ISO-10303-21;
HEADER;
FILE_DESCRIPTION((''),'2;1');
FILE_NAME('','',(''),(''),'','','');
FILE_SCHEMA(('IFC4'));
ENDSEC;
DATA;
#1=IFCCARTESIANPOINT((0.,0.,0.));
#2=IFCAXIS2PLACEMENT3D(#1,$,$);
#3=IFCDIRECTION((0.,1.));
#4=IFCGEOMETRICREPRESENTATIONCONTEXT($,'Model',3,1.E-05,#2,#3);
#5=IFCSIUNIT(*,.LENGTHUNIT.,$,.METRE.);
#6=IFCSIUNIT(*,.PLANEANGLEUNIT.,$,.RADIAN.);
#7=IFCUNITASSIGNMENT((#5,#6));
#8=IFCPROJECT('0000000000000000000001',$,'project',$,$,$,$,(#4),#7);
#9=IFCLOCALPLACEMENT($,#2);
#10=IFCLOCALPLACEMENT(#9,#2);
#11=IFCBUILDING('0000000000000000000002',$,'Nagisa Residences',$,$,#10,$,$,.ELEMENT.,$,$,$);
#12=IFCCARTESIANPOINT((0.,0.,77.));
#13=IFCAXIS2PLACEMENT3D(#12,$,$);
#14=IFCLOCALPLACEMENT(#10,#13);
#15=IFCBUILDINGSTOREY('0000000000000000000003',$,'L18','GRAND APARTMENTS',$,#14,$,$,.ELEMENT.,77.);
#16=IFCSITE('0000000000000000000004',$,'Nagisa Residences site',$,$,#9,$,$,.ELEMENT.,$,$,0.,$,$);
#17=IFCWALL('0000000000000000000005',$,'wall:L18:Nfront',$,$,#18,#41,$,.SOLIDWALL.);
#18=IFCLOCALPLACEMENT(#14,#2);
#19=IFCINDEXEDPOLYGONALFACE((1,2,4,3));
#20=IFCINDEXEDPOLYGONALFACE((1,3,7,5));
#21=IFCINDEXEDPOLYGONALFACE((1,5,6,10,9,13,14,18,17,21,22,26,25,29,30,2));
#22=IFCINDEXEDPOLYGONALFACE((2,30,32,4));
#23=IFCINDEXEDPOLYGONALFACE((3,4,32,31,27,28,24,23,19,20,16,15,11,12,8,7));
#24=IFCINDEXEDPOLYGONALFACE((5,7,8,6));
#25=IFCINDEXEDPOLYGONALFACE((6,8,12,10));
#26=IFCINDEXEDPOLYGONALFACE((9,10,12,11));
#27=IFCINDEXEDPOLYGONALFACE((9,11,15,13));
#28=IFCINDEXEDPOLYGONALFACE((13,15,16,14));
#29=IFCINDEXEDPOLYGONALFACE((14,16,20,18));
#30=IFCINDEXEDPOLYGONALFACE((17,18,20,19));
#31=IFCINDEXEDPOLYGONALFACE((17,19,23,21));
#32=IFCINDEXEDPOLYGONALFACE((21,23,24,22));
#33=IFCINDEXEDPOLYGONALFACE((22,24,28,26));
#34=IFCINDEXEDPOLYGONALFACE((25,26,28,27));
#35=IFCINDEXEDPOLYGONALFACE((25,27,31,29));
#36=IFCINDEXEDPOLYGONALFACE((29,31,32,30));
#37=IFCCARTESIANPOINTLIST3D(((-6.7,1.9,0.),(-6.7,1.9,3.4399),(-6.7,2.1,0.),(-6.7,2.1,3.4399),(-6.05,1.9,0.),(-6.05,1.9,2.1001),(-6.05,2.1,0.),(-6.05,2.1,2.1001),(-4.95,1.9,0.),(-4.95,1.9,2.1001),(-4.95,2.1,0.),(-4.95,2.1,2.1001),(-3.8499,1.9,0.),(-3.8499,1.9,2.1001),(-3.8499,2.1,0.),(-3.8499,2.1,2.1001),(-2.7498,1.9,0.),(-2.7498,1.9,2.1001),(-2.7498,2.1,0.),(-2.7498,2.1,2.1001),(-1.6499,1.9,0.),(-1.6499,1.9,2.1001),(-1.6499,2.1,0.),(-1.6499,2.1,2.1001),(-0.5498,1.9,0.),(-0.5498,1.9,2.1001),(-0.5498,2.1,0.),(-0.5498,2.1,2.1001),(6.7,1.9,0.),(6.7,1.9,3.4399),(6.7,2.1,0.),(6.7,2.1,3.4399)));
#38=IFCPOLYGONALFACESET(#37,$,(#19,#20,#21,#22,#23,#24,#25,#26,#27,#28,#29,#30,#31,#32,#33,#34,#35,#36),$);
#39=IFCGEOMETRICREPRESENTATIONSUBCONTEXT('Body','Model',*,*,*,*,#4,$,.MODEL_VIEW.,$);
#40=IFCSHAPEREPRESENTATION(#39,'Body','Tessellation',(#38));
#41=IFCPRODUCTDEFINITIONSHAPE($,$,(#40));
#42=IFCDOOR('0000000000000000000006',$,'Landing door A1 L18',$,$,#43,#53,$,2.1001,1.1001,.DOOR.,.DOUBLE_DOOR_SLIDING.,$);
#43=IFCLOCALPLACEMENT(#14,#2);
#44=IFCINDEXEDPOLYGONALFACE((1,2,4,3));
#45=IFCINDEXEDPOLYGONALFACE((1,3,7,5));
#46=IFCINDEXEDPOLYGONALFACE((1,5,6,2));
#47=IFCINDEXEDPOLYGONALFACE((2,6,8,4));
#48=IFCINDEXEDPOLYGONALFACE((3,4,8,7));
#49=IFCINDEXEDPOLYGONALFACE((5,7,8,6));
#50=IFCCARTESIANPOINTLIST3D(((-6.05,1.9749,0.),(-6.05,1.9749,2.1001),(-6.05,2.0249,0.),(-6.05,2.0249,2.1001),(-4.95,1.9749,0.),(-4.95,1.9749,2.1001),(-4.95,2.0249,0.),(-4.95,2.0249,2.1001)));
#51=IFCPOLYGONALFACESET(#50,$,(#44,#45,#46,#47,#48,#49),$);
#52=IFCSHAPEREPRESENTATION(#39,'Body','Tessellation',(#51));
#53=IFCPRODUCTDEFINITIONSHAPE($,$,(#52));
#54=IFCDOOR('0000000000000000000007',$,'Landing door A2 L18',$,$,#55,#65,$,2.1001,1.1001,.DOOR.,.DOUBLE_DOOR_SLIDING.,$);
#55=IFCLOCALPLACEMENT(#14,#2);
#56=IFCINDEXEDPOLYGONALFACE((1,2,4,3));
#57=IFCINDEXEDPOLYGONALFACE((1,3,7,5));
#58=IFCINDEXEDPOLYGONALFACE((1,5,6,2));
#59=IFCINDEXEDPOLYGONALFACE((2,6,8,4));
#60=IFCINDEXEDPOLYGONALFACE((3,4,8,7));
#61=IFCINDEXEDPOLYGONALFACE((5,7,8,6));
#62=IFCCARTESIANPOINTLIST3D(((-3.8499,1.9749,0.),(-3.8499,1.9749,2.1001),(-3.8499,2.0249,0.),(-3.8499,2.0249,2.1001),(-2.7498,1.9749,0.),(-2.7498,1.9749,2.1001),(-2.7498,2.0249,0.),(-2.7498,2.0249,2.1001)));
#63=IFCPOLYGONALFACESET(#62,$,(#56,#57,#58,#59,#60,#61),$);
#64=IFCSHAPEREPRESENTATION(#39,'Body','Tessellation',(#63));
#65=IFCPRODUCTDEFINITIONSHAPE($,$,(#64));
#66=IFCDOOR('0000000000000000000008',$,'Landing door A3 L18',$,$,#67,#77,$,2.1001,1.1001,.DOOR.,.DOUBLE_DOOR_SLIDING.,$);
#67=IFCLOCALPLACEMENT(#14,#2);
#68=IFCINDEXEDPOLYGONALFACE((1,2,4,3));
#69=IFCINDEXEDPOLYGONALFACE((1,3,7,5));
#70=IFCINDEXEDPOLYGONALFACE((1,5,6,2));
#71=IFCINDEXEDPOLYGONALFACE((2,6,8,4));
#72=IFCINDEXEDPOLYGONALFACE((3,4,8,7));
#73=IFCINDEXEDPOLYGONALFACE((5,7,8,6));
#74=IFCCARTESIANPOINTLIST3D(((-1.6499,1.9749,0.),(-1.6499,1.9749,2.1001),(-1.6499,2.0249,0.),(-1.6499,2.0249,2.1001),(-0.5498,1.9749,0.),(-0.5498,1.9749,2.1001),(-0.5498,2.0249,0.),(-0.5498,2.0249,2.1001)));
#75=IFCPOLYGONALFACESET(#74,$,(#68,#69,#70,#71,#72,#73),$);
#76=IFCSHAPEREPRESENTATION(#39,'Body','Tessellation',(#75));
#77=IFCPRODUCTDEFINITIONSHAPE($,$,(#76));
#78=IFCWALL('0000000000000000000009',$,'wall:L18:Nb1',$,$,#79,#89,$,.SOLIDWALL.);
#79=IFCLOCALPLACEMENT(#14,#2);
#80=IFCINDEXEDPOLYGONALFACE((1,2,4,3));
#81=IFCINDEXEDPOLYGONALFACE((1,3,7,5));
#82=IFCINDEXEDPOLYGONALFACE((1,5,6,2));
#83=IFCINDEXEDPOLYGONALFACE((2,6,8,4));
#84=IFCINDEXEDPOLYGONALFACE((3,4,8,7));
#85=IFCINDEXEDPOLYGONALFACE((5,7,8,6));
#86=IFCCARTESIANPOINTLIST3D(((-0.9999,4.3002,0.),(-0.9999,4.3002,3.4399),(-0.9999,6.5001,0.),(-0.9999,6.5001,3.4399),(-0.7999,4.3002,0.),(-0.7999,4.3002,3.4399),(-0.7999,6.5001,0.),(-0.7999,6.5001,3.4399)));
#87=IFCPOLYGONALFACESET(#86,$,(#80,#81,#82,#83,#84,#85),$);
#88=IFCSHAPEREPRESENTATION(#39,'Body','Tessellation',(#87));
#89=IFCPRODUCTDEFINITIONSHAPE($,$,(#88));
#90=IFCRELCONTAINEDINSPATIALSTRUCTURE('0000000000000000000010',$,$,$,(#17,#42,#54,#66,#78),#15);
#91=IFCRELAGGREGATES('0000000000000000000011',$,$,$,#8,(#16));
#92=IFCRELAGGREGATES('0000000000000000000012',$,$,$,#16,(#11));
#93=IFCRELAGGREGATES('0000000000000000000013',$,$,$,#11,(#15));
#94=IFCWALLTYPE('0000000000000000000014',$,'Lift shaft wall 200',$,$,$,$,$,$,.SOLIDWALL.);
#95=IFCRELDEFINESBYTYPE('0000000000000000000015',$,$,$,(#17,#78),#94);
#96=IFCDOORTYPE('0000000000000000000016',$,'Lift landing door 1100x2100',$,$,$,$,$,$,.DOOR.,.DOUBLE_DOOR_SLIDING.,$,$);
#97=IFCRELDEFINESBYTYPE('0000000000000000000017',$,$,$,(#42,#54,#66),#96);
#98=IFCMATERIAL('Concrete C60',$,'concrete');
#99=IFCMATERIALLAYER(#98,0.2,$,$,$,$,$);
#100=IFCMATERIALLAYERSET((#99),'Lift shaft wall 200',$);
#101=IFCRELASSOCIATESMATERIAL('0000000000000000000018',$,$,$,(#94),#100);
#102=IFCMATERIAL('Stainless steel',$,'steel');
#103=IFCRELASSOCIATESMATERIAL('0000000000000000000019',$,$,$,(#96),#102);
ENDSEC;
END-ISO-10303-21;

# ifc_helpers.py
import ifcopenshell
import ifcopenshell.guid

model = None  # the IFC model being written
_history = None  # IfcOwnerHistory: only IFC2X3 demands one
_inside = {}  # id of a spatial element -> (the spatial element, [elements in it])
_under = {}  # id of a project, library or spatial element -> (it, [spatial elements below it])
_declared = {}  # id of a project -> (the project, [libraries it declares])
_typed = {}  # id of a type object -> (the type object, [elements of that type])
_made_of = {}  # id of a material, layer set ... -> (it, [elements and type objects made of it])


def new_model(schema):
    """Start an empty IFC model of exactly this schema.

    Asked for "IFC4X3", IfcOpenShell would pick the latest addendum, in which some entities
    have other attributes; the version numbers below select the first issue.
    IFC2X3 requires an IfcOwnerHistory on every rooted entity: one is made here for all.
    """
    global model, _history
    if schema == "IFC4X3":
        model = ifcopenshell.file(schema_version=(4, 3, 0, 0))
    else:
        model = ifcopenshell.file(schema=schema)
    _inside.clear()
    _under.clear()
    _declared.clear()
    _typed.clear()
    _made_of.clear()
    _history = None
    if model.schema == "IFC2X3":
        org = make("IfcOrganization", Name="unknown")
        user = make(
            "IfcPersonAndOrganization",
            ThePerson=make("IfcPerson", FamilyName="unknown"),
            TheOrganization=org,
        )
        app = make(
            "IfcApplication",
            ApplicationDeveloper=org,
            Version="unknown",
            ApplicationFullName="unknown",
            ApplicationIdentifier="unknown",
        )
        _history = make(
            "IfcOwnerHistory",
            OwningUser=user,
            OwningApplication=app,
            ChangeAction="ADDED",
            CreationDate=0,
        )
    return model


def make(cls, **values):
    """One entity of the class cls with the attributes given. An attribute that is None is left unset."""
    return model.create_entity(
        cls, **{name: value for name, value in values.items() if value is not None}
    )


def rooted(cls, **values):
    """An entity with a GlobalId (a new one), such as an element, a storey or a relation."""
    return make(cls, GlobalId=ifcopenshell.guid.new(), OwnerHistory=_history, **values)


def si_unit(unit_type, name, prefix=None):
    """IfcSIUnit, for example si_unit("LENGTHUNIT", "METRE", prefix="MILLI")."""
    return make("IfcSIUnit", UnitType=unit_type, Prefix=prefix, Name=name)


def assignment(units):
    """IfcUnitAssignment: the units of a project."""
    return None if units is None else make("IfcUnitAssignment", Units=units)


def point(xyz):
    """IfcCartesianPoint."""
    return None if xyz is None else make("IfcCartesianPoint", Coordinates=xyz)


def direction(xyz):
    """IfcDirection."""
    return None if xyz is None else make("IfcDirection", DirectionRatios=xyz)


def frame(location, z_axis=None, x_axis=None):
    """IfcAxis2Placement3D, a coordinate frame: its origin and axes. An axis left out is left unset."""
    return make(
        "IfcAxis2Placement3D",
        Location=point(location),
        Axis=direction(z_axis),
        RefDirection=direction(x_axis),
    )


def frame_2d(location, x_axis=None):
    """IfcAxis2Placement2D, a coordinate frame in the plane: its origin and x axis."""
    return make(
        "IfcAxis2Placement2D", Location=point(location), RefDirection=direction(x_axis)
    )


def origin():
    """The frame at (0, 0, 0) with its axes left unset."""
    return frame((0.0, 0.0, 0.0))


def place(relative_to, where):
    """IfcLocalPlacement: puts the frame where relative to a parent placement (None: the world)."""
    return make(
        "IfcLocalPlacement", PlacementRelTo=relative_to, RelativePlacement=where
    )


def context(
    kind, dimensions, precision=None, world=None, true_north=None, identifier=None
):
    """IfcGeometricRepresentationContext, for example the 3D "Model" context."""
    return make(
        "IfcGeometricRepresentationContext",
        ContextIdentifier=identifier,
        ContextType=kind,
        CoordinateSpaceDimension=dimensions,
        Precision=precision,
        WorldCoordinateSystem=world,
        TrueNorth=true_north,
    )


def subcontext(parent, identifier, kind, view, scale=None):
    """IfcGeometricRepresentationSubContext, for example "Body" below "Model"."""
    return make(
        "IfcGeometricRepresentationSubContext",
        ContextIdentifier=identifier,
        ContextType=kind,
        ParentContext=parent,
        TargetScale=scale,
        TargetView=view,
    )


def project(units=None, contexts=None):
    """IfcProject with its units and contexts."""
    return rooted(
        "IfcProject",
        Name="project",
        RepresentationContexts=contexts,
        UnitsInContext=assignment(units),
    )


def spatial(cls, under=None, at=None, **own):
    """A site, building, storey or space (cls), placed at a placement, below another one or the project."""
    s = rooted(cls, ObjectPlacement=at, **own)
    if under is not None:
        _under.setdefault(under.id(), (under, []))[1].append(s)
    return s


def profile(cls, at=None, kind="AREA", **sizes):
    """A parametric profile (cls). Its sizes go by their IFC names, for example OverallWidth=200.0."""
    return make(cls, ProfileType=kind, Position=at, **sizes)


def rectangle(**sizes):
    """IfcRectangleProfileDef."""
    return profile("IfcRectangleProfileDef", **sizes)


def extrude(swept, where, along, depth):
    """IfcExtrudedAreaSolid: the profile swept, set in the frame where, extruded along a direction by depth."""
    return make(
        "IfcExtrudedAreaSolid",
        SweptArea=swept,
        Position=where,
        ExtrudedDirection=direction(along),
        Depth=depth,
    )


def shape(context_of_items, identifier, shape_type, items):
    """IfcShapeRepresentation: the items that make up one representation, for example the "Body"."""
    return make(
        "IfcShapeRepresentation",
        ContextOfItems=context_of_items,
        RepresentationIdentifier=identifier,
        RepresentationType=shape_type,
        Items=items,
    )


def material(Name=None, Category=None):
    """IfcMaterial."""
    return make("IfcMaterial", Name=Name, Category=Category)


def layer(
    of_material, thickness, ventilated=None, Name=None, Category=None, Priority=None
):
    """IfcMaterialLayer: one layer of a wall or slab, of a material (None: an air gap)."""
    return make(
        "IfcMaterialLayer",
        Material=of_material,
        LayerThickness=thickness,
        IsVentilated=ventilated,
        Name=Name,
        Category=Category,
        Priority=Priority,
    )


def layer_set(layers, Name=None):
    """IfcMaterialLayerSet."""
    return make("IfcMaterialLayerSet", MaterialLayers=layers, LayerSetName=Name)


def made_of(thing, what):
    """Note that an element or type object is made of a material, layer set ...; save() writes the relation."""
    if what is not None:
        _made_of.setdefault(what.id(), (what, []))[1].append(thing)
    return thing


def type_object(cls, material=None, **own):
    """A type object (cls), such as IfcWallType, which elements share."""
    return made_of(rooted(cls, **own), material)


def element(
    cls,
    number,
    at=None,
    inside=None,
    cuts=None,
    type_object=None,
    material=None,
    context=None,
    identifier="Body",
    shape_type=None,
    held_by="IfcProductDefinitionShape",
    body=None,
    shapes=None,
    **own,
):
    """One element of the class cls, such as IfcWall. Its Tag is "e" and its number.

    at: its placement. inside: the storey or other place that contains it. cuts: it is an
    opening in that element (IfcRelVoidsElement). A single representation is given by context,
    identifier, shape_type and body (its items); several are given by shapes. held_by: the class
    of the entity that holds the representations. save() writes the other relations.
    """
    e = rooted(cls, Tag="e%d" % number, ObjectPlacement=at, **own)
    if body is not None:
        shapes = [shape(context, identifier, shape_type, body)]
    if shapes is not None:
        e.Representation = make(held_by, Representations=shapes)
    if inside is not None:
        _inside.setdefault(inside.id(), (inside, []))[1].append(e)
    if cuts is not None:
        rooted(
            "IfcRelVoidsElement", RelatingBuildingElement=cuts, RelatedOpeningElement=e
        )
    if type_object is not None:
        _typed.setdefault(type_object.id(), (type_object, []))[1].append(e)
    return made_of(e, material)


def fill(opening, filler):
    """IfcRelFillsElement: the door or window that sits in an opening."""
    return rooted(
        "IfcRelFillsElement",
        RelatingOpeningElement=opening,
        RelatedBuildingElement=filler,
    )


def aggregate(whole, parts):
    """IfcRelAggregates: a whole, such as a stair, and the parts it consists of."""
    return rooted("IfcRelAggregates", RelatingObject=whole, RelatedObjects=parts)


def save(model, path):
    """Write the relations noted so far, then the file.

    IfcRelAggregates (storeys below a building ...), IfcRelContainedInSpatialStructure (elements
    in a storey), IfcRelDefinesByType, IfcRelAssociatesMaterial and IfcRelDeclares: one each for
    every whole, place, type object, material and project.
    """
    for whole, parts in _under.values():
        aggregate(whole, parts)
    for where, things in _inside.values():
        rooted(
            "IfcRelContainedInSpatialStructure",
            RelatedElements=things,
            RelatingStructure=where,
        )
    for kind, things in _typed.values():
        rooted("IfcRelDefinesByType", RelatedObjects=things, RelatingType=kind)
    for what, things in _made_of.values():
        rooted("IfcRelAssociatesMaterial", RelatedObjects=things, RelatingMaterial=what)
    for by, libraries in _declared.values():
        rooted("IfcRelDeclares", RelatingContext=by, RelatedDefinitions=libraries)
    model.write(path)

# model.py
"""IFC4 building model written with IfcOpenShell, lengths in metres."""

from ifc_helpers import new_model, si_unit, direction, frame, frame_2d, origin, place, context, subcontext, project, spatial, rectangle, extrude, material, layer, layer_set, type_object, element, fill, save


model = new_model("IFC4")

# Units and contexts
model_context = context("Model", 3, precision=1e-05, world=origin(), true_north=direction((0.0, 1.0)))
body_context = subcontext(model_context, "Body", "Model", "MODEL_VIEW")
ifc_project = project(units=[si_unit("LENGTHUNIT", "METRE"), si_unit("PLANEANGLEUNIT", "RADIAN")], contexts=[model_context])

# Site, building, storey
site_placement = place(None, origin())
site = spatial("IfcSite", under=ifc_project, at=site_placement, Name="Nagisa Residences site", CompositionType="ELEMENT", RefElevation=0.0)
building_placement = place(site_placement, origin())
building = spatial("IfcBuilding", under=site, at=building_placement, Name="Nagisa Residences", CompositionType="ELEMENT")
storey_placement = place(building_placement, frame((0.0, 0.0, 77.0)))
storey = spatial("IfcBuildingStorey", under=building, at=storey_placement, Name="L18", Description="GRAND APARTMENTS", CompositionType="ELEMENT", Elevation=77.0)

# Shared definitions
ifc_material_1 = material(Name="Concrete C60", Category="concrete")
ifc_layer_1 = layer(ifc_material_1, 0.2)
ifc_layer_set_1 = layer_set([ifc_layer_1], Name="Lift shaft wall 200")
wall_type_1 = type_object("IfcWallType", Name="Lift shaft wall 200", PredefinedType="SOLIDWALL", material=ifc_layer_set_1)
ifc_material_2 = material(Name="Stainless steel", Category="steel")
door_type_1 = type_object("IfcDoorType", Name="Lift landing door 1100x2100", OperationType="DOUBLE_DOOR_SLIDING", PredefinedType="DOOR", material=ifc_material_2)

# Wall, openings, doors
wall_1_placement = place(storey_placement, frame((-6.7, 2.0, 0.0), z_axis=(0.0, 0.0, 1.0), x_axis=(1.0, 0.0, 0.0)))
wall_1 = element("IfcWall", 1, at=wall_1_placement, inside=storey, type_object=wall_type_1, Name="wall:L18:Nfront", PredefinedType="SOLIDWALL", context=body_context, shape_type="SweptSolid", body=[
    extrude(rectangle(XDim=13.3999, YDim=0.2, at=frame_2d((6.7, 0.0))), origin(), (0.0, 0.0, 1.0), 3.4399),
])
opening_1_placement = place(wall_1_placement, frame((0.6499, 0.0, 0.0)))
opening_1 = element("IfcOpeningElement", 2, at=opening_1_placement, cuts=wall_1, PredefinedType="OPENING", context=body_context, shape_type="SweptSolid", body=[
    extrude(rectangle(XDim=1.1001, YDim=2.1001, at=frame_2d((0.55, 1.05))), frame((0.0, 0.1099, 0.0), z_axis=(0.0, -1.0, 0.0), x_axis=(1.0, 0.0, 0.0)), (0.0, 0.0, 1.0), 0.22),
])
opening_2_placement = place(wall_1_placement, frame((2.8501, 0.0, 0.0)))
opening_2 = element("IfcOpeningElement", 3, at=opening_2_placement, cuts=wall_1, PredefinedType="OPENING", context=body_context, shape_type="SweptSolid", body=[
    extrude(rectangle(XDim=1.1001, YDim=2.1001, at=frame_2d((0.55, 1.05))), frame((0.0, 0.1099, 0.0), z_axis=(0.0, -1.0, 0.0), x_axis=(1.0, 0.0, 0.0)), (0.0, 0.0, 1.0), 0.22),
])
opening_3_placement = place(wall_1_placement, frame((5.05, 0.0, 0.0)))
opening_3 = element("IfcOpeningElement", 4, at=opening_3_placement, cuts=wall_1, PredefinedType="OPENING", context=body_context, shape_type="SweptSolid", body=[
    extrude(rectangle(XDim=1.1001, YDim=2.1001, at=frame_2d((0.55, 1.05))), frame((0.0, 0.1099, 0.0), z_axis=(0.0, -1.0, 0.0), x_axis=(1.0, 0.0, 0.0)), (0.0, 0.0, 1.0), 0.22),
])
door_1_placement = place(opening_1_placement, origin())
door_1 = element("IfcDoor", 5, at=door_1_placement, inside=storey, type_object=door_type_1, Name="Landing door A1 L18", OperationType="DOUBLE_DOOR_SLIDING", OverallHeight=2.1001, OverallWidth=1.1001, PredefinedType="DOOR", context=body_context, shape_type="SweptSolid", body=[
    extrude(rectangle(XDim=1.1001, YDim=2.1001, at=frame_2d((0.55, 1.05))), frame((0.0, 0.0249, 0.0), z_axis=(0.0, -1.0, 0.0), x_axis=(1.0, 0.0, 0.0)), (0.0, 0.0, 1.0), 0.05),
])
fill(opening_1, door_1)
door_2_placement = place(opening_2_placement, origin())
door_2 = element("IfcDoor", 6, at=door_2_placement, inside=storey, type_object=door_type_1, Name="Landing door A2 L18", OperationType="DOUBLE_DOOR_SLIDING", OverallHeight=2.1001, OverallWidth=1.1001, PredefinedType="DOOR", context=body_context, shape_type="SweptSolid", body=[
    extrude(rectangle(XDim=1.1001, YDim=2.1001, at=frame_2d((0.55, 1.05))), frame((0.0, 0.0249, 0.0), z_axis=(0.0, -1.0, 0.0), x_axis=(1.0, 0.0, 0.0)), (0.0, 0.0, 1.0), 0.05),
])
fill(opening_2, door_2)
door_3_placement = place(opening_3_placement, origin())
door_3 = element("IfcDoor", 7, at=door_3_placement, inside=storey, type_object=door_type_1, Name="Landing door A3 L18", OperationType="DOUBLE_DOOR_SLIDING", OverallHeight=2.1001, OverallWidth=1.1001, PredefinedType="DOOR", context=body_context, shape_type="SweptSolid", body=[
    extrude(rectangle(XDim=1.1001, YDim=2.1001, at=frame_2d((0.55, 1.05))), frame((0.0, 0.0249, 0.0), z_axis=(0.0, -1.0, 0.0), x_axis=(1.0, 0.0, 0.0)), (0.0, 0.0, 1.0), 0.05),
])
fill(opening_3, door_3)

# Wall
wall_2_placement = place(storey_placement, frame((-0.8999, 4.3, 0.0), z_axis=(0.0, 0.0, 1.0), x_axis=(0.0, 1.0, 0.0)))
element("IfcWall", 8, at=wall_2_placement, inside=storey, type_object=wall_type_1, Name="wall:L18:Nb1", PredefinedType="SOLIDWALL", context=body_context, shape_type="SweptSolid", body=[
    extrude(rectangle(XDim=2.2, YDim=0.2, at=frame_2d((1.1001, 0.0))), origin(), (0.0, 0.0, 1.0), 3.4399),
])

save(model, "model.ifc")
